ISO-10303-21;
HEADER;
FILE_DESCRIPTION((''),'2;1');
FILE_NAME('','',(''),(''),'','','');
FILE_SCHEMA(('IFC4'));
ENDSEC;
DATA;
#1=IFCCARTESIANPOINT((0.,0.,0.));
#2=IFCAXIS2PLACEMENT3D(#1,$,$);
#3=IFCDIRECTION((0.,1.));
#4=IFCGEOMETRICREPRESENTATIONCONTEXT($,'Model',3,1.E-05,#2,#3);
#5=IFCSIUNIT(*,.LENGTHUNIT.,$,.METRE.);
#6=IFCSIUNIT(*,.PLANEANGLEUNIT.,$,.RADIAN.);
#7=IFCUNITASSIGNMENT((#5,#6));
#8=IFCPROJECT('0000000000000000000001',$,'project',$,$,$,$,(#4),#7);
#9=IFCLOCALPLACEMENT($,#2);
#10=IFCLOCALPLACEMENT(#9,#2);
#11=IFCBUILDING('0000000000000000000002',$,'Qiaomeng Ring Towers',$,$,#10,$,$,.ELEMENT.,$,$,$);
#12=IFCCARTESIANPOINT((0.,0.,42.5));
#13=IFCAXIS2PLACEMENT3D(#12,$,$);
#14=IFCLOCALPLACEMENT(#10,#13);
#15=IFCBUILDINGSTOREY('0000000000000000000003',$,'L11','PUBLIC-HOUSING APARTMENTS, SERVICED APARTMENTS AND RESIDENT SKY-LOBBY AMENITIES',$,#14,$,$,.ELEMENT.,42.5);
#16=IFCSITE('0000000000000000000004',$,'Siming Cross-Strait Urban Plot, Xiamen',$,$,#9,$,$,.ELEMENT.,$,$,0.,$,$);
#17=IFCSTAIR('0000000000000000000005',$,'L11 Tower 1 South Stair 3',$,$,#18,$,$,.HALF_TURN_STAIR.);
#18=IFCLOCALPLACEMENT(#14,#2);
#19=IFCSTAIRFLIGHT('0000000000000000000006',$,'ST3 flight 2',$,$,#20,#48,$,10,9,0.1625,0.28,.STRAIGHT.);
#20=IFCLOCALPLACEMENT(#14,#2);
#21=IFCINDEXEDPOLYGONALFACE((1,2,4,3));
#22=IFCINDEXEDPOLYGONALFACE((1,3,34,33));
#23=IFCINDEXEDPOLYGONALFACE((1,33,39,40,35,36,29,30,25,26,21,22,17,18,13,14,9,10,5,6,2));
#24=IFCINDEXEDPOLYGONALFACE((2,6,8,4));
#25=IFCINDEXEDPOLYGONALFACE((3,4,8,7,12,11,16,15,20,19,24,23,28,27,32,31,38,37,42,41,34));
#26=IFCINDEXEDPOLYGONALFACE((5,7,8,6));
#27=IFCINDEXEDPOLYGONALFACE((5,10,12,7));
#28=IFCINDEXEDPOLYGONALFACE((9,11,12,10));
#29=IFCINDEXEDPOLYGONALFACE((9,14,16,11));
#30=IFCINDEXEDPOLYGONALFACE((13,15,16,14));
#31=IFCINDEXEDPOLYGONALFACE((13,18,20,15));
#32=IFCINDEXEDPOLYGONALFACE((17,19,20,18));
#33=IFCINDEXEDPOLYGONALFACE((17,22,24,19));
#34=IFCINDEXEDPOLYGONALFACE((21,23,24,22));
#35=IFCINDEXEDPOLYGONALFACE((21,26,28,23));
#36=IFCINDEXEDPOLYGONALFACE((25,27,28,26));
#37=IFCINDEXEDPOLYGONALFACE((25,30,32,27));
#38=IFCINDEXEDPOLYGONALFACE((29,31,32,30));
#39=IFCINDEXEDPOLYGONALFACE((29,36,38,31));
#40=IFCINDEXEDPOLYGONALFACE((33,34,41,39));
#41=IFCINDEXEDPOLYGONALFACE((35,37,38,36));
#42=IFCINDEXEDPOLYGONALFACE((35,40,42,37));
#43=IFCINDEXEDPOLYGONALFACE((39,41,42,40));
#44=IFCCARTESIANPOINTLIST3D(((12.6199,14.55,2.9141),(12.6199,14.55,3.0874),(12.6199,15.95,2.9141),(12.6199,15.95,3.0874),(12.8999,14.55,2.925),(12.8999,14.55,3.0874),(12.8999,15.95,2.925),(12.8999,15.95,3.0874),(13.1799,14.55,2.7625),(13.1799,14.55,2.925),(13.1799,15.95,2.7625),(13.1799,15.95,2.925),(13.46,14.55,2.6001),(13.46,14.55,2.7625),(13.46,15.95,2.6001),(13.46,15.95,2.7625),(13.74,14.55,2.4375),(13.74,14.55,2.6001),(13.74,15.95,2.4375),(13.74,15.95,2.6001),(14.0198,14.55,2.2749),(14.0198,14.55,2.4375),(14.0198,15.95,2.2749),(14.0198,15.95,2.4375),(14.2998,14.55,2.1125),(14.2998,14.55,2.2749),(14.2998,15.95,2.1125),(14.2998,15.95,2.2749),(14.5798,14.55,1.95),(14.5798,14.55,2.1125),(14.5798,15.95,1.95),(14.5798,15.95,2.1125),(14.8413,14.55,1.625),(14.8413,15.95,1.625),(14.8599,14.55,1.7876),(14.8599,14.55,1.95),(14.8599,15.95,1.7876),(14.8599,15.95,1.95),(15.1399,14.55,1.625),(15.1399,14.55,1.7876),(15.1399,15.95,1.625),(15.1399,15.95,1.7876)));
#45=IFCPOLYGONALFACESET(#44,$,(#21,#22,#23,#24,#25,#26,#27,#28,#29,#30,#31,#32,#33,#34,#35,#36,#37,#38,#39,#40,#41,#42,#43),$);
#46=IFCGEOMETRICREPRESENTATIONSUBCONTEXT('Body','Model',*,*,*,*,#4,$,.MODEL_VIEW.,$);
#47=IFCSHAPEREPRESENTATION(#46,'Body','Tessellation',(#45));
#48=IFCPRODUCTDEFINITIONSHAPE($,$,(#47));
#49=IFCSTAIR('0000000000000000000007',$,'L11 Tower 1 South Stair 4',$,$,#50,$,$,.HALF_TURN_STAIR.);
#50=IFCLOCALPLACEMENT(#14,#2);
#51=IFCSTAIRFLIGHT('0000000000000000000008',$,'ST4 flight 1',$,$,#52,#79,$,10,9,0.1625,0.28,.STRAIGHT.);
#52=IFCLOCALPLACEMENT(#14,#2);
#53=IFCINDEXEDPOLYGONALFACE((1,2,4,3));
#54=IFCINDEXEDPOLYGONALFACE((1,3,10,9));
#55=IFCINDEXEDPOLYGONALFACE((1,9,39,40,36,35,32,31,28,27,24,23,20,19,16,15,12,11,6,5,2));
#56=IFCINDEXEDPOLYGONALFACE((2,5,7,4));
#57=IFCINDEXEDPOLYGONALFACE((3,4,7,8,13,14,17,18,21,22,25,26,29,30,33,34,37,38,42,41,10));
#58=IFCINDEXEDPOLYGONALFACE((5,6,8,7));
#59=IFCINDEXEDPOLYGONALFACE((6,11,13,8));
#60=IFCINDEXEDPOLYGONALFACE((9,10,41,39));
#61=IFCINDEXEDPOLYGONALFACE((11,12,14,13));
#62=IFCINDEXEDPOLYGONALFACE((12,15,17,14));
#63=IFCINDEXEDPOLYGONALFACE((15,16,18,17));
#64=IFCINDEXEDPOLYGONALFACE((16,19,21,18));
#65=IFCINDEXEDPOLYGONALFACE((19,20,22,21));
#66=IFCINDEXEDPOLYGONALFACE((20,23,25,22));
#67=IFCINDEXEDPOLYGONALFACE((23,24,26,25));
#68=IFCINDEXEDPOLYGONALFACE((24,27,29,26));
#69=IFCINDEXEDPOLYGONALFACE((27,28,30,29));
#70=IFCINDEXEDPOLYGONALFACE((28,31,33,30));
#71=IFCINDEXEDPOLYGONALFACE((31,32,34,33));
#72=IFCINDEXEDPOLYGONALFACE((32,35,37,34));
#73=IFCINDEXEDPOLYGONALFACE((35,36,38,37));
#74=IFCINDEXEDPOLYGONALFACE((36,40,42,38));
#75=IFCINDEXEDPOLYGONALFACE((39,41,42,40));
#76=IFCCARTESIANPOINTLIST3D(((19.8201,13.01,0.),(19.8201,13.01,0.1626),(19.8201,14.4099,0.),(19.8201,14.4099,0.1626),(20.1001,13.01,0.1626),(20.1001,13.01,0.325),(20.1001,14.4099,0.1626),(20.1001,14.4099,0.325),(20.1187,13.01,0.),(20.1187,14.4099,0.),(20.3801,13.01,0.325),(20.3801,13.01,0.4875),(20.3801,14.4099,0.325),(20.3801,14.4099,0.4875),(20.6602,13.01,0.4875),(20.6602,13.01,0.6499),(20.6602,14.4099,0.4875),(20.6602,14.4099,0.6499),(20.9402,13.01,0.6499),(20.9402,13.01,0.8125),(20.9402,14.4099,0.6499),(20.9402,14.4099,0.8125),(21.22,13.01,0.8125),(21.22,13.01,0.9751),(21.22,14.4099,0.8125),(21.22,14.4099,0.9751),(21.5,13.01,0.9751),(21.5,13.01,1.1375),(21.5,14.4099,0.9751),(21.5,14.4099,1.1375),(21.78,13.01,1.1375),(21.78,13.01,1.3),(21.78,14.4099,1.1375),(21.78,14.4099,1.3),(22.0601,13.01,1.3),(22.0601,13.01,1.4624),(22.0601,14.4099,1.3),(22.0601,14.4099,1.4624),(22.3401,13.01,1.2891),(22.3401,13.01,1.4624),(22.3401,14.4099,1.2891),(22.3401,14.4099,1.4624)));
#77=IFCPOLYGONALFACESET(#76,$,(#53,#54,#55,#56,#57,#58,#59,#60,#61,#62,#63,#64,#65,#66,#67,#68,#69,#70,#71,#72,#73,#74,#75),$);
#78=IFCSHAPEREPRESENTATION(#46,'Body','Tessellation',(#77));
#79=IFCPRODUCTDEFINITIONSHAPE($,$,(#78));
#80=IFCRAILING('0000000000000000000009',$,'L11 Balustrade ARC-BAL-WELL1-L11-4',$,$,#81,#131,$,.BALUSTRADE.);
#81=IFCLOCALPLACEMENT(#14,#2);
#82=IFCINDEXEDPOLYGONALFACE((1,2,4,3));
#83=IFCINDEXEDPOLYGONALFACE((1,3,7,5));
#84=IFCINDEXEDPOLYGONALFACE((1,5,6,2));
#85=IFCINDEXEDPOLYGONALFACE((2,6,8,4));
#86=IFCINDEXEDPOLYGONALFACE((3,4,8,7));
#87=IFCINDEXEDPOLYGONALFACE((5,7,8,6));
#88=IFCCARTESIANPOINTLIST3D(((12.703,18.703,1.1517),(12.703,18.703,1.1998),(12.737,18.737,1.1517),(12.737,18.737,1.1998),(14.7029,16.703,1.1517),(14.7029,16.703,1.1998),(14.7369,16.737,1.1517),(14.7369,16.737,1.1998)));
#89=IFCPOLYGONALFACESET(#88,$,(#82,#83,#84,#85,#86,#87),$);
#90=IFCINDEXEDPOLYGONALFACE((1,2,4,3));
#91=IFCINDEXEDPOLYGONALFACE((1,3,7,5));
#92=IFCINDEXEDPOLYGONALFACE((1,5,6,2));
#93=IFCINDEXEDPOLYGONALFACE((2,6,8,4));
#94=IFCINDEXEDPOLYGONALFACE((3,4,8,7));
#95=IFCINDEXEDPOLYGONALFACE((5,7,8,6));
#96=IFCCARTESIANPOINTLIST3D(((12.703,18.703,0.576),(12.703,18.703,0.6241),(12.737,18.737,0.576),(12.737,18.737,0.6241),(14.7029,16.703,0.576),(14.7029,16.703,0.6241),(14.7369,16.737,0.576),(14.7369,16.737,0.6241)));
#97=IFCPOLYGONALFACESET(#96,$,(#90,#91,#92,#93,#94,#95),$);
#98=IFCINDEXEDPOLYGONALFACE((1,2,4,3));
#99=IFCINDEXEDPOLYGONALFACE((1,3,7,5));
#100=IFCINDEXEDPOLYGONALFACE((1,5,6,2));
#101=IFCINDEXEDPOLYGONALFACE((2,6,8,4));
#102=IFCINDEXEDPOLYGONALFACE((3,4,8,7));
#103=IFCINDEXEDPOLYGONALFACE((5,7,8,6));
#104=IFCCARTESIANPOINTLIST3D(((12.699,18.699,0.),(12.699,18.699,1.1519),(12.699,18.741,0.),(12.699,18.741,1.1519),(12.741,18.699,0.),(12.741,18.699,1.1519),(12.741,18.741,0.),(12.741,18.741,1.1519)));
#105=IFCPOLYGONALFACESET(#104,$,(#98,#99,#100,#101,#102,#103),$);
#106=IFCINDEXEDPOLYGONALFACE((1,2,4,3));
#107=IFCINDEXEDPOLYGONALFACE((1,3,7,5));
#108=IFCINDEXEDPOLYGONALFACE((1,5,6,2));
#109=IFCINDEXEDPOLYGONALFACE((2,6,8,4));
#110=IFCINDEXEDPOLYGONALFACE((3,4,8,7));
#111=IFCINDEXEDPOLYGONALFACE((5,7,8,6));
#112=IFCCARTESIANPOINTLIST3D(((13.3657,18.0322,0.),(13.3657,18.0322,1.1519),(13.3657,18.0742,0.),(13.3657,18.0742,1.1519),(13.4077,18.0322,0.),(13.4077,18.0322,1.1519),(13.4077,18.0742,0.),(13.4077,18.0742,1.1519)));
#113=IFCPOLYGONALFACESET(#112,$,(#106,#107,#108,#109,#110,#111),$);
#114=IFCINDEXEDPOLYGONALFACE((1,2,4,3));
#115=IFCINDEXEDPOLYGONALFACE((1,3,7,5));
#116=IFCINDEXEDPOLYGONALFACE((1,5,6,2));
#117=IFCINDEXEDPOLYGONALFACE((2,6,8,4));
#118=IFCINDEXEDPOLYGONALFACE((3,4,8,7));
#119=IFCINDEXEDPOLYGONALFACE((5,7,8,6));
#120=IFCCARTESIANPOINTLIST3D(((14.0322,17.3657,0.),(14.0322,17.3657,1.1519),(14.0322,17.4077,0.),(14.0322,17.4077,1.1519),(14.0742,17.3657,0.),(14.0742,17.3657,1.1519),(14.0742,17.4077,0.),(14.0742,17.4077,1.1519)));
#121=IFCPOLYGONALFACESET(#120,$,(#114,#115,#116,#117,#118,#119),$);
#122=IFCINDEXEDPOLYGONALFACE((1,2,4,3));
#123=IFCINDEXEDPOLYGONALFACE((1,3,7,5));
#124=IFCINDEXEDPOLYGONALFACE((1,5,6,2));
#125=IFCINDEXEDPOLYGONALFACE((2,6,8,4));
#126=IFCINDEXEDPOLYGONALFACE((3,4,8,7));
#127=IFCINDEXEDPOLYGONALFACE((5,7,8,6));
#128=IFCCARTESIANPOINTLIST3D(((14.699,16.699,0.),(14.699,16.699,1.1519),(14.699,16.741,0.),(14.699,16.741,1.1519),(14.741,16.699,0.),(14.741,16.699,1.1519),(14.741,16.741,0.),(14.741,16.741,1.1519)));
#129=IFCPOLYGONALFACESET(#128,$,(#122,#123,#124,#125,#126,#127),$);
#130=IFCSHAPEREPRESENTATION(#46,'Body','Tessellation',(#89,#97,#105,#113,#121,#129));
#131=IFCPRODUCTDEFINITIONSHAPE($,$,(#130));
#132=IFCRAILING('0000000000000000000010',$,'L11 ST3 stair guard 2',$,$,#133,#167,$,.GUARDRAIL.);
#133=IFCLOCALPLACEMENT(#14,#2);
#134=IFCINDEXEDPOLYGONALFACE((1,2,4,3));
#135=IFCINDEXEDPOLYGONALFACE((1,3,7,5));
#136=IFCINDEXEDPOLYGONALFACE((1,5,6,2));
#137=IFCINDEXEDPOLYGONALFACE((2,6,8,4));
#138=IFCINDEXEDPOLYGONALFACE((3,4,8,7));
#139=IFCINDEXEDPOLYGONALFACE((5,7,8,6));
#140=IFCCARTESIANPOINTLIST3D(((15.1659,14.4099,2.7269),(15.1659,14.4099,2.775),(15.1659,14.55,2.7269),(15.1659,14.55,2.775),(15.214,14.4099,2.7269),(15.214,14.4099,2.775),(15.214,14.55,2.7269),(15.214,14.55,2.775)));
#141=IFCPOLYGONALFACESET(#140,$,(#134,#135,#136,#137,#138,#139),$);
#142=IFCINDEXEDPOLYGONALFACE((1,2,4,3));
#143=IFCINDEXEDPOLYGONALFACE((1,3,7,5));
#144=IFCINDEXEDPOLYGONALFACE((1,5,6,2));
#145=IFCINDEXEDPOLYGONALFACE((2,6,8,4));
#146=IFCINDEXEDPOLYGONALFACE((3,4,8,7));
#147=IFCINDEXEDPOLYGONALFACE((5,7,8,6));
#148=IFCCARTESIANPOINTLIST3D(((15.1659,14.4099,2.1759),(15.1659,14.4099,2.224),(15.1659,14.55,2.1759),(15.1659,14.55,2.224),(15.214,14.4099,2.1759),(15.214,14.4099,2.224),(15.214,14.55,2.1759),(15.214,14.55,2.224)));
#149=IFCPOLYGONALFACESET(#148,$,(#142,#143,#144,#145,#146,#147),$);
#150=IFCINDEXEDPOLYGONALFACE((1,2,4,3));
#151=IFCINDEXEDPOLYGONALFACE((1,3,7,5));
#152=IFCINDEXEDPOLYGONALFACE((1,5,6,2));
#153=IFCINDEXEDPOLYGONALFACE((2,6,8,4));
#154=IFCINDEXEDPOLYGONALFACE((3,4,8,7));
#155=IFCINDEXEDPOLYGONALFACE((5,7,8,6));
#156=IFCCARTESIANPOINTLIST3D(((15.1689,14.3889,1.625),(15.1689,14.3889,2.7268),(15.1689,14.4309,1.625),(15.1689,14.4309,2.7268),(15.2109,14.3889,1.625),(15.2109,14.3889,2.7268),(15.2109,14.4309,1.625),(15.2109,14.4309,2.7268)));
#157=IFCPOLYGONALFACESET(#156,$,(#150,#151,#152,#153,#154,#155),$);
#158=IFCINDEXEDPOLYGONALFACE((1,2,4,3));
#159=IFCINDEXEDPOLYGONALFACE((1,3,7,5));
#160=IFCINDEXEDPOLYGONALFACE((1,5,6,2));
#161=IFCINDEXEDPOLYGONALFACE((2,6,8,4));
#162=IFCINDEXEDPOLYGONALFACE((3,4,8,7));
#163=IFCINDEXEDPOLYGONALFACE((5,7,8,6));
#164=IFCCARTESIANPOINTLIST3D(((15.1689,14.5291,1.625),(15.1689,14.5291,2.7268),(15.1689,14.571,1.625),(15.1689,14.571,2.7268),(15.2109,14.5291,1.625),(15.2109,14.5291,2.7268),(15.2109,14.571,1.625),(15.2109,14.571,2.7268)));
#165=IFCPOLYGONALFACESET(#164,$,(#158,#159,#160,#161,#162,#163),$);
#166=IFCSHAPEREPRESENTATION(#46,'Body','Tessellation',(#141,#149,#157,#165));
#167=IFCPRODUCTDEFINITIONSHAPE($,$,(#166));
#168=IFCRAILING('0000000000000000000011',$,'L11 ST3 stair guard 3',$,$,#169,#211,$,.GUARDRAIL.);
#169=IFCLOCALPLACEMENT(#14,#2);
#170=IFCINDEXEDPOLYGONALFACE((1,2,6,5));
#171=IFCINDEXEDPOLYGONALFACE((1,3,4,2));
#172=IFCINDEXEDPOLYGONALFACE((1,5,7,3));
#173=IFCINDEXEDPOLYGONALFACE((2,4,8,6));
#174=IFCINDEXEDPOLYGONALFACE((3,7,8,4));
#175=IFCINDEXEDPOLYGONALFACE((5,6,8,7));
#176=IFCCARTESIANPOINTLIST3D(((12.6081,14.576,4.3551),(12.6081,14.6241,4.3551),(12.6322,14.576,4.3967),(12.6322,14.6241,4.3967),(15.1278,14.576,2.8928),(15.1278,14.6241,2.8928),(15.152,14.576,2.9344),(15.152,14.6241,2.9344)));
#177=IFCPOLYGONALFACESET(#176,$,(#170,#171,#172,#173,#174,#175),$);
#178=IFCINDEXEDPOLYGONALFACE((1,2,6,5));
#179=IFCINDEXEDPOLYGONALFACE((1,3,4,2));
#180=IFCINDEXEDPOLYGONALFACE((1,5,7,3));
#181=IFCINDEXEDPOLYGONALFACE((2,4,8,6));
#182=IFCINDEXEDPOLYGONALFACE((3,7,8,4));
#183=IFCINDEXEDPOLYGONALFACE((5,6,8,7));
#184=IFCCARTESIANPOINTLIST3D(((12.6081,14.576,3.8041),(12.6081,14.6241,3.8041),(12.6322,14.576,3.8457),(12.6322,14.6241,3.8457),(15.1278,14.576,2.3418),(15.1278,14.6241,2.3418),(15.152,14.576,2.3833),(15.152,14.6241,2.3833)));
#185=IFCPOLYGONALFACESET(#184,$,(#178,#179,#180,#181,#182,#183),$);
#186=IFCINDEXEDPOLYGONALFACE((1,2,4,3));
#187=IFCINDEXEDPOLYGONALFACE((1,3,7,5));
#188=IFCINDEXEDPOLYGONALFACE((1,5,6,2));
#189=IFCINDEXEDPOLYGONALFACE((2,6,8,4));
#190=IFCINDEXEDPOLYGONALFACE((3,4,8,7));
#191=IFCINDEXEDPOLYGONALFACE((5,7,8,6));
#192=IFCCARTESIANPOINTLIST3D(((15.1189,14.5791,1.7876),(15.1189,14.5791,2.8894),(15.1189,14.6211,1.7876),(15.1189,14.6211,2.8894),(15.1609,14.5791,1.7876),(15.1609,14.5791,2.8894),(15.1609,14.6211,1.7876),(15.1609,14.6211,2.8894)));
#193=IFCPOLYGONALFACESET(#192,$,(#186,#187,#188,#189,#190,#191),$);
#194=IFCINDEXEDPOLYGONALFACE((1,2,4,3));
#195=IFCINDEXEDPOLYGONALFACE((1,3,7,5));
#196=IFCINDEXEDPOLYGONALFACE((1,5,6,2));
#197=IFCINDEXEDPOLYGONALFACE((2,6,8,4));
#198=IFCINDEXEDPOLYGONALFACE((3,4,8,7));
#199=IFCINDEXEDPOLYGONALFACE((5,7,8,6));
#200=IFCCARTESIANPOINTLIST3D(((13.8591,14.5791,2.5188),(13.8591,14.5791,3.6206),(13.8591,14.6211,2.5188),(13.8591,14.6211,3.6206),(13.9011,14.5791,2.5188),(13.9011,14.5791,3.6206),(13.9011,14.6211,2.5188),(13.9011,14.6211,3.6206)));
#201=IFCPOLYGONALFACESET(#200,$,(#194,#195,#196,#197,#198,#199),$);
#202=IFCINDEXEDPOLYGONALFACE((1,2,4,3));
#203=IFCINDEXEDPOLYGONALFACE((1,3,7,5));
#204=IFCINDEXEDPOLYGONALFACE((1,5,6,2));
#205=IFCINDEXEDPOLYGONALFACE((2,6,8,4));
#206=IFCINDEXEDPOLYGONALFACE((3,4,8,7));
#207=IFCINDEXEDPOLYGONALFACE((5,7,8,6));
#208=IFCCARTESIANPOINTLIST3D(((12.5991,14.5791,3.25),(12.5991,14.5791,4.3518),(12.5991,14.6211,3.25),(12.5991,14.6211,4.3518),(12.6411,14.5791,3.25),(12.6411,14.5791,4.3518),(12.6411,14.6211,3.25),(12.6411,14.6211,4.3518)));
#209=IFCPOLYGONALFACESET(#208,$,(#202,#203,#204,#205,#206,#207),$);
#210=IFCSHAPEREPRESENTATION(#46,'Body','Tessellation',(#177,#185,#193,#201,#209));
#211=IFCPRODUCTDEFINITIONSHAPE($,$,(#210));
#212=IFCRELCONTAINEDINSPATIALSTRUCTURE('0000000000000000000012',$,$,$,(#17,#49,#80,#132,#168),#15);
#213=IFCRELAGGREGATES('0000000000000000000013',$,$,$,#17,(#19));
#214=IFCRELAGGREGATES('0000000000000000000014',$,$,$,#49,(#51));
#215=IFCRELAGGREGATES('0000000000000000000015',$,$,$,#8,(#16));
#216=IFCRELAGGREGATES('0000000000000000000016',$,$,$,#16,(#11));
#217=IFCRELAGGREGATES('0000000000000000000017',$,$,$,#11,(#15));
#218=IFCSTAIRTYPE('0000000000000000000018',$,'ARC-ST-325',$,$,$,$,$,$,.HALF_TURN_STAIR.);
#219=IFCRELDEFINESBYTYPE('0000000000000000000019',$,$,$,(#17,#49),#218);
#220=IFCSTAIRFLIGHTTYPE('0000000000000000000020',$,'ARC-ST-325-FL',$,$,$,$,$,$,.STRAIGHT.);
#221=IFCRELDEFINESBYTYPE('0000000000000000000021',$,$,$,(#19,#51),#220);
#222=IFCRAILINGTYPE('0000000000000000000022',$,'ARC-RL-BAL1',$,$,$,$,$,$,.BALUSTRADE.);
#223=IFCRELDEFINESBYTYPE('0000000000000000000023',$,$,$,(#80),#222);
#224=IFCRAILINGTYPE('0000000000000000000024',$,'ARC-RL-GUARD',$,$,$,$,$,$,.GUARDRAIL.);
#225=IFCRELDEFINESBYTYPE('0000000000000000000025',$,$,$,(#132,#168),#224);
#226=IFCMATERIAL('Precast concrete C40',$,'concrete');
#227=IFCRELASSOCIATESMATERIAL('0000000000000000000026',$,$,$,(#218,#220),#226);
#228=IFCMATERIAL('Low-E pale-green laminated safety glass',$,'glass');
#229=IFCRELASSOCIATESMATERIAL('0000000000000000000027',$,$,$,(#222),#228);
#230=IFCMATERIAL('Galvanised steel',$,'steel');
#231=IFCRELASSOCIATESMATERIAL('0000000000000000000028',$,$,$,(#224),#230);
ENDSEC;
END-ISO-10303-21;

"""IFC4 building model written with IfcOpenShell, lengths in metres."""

from ifc_helpers import new_model, si_unit, direction, frame, origin, origin_2d, place, context, subcontext, project, spatial, polyline, rectangle, outline, extrude, source, transform, mapped, material, type_object, element, aggregate, save


model = new_model("IFC4")

# Units and contexts
model_context = context("Model", 3, precision=1e-05, world=origin(), true_north=direction((0.0, 1.0)))
body_context = subcontext(model_context, "Body", "Model", "MODEL_VIEW")
ifc_project = project(units=[si_unit("LENGTHUNIT", "METRE"), si_unit("PLANEANGLEUNIT", "RADIAN")], contexts=[model_context])

# Site, building, storey
site_placement = place(None, origin())
site = spatial("IfcSite", under=ifc_project, at=site_placement, Name="Siming Cross-Strait Urban Plot, Xiamen", CompositionType="ELEMENT", RefElevation=0.0)
building_placement = place(site_placement, origin())
building = spatial("IfcBuilding", under=site, at=building_placement, Name="Qiaomeng Ring Towers", CompositionType="ELEMENT")
storey_placement = place(building_placement, frame((0.0, 0.0, 42.5)))
storey = spatial("IfcBuildingStorey", under=building, at=storey_placement, Name="L11", Description="PUBLIC-HOUSING APARTMENTS, SERVICED APARTMENTS AND RESIDENT SKY-LOBBY AMENITIES", CompositionType="ELEMENT", Elevation=42.5)

# Shared definitions
ifc_material_1 = material(Name="Galvanised steel", Category="steel")

# Stairs, stair flights
ifc_material_2 = material(Name="Precast concrete C40", Category="concrete")
stair_type = type_object("IfcStairType", Name="ARC-ST-325", PredefinedType="HALF_TURN_STAIR", material=ifc_material_2)
stair_1_placement = place(storey_placement, origin())
stair_1 = element("IfcStair", 1, at=stair_1_placement, inside=storey, type_object=stair_type, Name="L11 Tower 1 South Stair 3", PredefinedType="HALF_TURN_STAIR")
stair_flight_type = type_object("IfcStairFlightType", Name="ARC-ST-325-FL", PredefinedType="STRAIGHT", material=ifc_material_2)
shared_shape_1 = source(origin(), body_context, "Body", "SweptSolid", [
    extrude(outline(polyline([(0.0, 0.0), (0.0, 0.1626), (0.28, 0.1626), (0.28, 0.325), (0.5601, 0.325), (0.5601, 0.4875), (0.8401, 0.4875), (0.8401, 0.6499), (1.1201, 0.6499), (1.1201, 0.8125), (1.3999, 0.8125), (1.3999, 0.9751), (1.6799, 0.9751), (1.6799, 1.1375), (1.96, 1.1375), (1.96, 1.3), (2.24, 1.3), (2.24, 1.4624), (2.52, 1.4624), (2.52, 1.625), (2.52, 1.2891), (0.2986, 0.0), (0.0, 0.0)])), frame((0.0, 0.7, 0.0), z_axis=(0.0, -1.0, 0.0), x_axis=(1.0, 0.0, 0.0)), (0.0, 0.0, 1.0), 1.3999),
])
stair_flight_1_placement = place(storey_placement, frame((15.1399, 15.25, 1.625), z_axis=(0.0, 0.0, 1.0), x_axis=(-1.0, 0.0, 0.0)))
stair_flight_1 = element("IfcStairFlight", 2, at=stair_flight_1_placement, type_object=stair_flight_type, Name="ST3 flight 2", NumberOfRisers=10, NumberOfTreads=9, PredefinedType="STRAIGHT", RiserHeight=0.1625, TreadLength=0.28, context=body_context, shape_type="MappedRepresentation", body=[
    mapped(shared_shape_1, transform((0.0, 0.0, 0.0), x_axis=(1.0, 0.0, 0.0), y_axis=(0.0, 1.0, 0.0), z_axis=(0.0, 0.0, 1.0), scale=1.0)),
])
aggregate(stair_1, [stair_flight_1])
stair_2_placement = place(storey_placement, origin())
stair_2 = element("IfcStair", 3, at=stair_2_placement, inside=storey, type_object=stair_type, Name="L11 Tower 1 South Stair 4", PredefinedType="HALF_TURN_STAIR")
stair_flight_2_placement = place(storey_placement, frame((19.8201, 13.71, 0.0), z_axis=(0.0, 0.0, 1.0), x_axis=(1.0, 0.0, 0.0)))
stair_flight_2 = element("IfcStairFlight", 4, at=stair_flight_2_placement, type_object=stair_flight_type, Name="ST4 flight 1", NumberOfRisers=10, NumberOfTreads=9, PredefinedType="STRAIGHT", RiserHeight=0.1625, TreadLength=0.28, context=body_context, shape_type="MappedRepresentation", body=[
    mapped(shared_shape_1, transform((0.0, 0.0, 0.0), x_axis=(1.0, 0.0, 0.0), y_axis=(0.0, 1.0, 0.0), z_axis=(0.0, 0.0, 1.0), scale=1.0)),
])
aggregate(stair_2, [stair_flight_2])

# Railings
ifc_material_3 = material(Name="Low-E pale-green laminated safety glass", Category="glass")
railing_type_1 = type_object("IfcRailingType", Name="ARC-RL-BAL1", PredefinedType="BALUSTRADE", material=ifc_material_3)
railing_1_placement = place(storey_placement, frame((12.72, 18.72, 0.0)))
element("IfcRailing", 5, at=railing_1_placement, inside=storey, type_object=railing_type_1, Name="L11 Balustrade ARC-BAL-WELL1-L11-4", PredefinedType="BALUSTRADE", context=body_context, shape_type="SweptSolid", body=[
    extrude(rectangle(XDim=0.0481, YDim=0.0481, at=origin_2d()), frame((0.0, 0.0, 1.1758), z_axis=(0.707107, -0.707107, 0.0), x_axis=(0.707107, 0.707107, 0.0)), (0.0, 0.0, 1.0), 2.8284),
    extrude(rectangle(XDim=0.0481, YDim=0.0481, at=origin_2d()), frame((0.0, 0.0, 0.6001), z_axis=(0.707107, -0.707107, 0.0), x_axis=(0.707107, 0.707107, 0.0)), (0.0, 0.0, 1.0), 2.8284),
    extrude(rectangle(XDim=0.042, YDim=0.042, at=origin_2d()), origin(), (0.0, 0.0, 1.0), 1.1519),
    extrude(rectangle(XDim=0.042, YDim=0.042, at=origin_2d()), frame((0.6667, -0.6667, 0.0)), (0.0, 0.0, 1.0), 1.1519),
    extrude(rectangle(XDim=0.042, YDim=0.042, at=origin_2d()), frame((1.3333, -1.3333, 0.0)), (0.0, 0.0, 1.0), 1.1519),
    extrude(rectangle(XDim=0.042, YDim=0.042, at=origin_2d()), frame((2.0, -2.0, 0.0)), (0.0, 0.0, 1.0), 1.1519),
])
railing_type_2 = type_object("IfcRailingType", Name="ARC-RL-GUARD", PredefinedType="GUARDRAIL", material=ifc_material_1)
railing_2_placement = place(storey_placement, frame((15.1899, 14.4099, 1.625)))
element("IfcRailing", 6, at=railing_2_placement, inside=storey, type_object=railing_type_2, Name="L11 ST3 stair guard 2", PredefinedType="GUARDRAIL", context=body_context, shape_type="SweptSolid", body=[
    extrude(rectangle(XDim=0.0481, YDim=0.0481, at=origin_2d()), frame((0.0, 0.0, 1.126), z_axis=(0.0, 1.0, 0.0), x_axis=(-1.0, 0.0, 0.0)), (0.0, 0.0, 1.0), 0.1401),
    extrude(rectangle(XDim=0.0481, YDim=0.0481, at=origin_2d()), frame((0.0, 0.0, 0.575), z_axis=(0.0, 1.0, 0.0), x_axis=(-1.0, 0.0, 0.0)), (0.0, 0.0, 1.0), 0.1401),
    extrude(rectangle(XDim=0.042, YDim=0.042, at=origin_2d()), origin(), (0.0, 0.0, 1.0), 1.1018),
    extrude(rectangle(XDim=0.042, YDim=0.042, at=origin_2d()), frame((0.0, 0.1401, 0.0)), (0.0, 0.0, 1.0), 1.1018),
])
railing_3_placement = place(storey_placement, frame((15.1399, 14.6001, 1.7876)))
element("IfcRailing", 7, at=railing_3_placement, inside=storey, type_object=railing_type_2, Name="L11 ST3 stair guard 3", PredefinedType="GUARDRAIL", context=body_context, shape_type="SweptSolid", body=[
    extrude(rectangle(XDim=0.0481, YDim=0.0481, at=origin_2d()), frame((0.0, 0.0, 1.126), z_axis=(-0.864892, 0.0, 0.501958), x_axis=(0.0, -1.0, 0.0)), (0.0, 0.0, 1.0), 2.9133),
    extrude(rectangle(XDim=0.0481, YDim=0.0481, at=origin_2d()), frame((0.0, 0.0, 0.575), z_axis=(-0.864892, 0.0, 0.501958), x_axis=(0.0, -1.0, 0.0)), (0.0, 0.0, 1.0), 2.9133),
    extrude(rectangle(XDim=0.042, YDim=0.042, at=origin_2d()), origin(), (0.0, 0.0, 1.0), 1.1018),
    extrude(rectangle(XDim=0.042, YDim=0.042, at=origin_2d()), frame((-1.2598, 0.0, 0.7312)), (0.0, 0.0, 1.0), 1.1018),
    extrude(rectangle(XDim=0.042, YDim=0.042, at=origin_2d()), frame((-2.5198, 0.0, 1.4624)), (0.0, 0.0, 1.0), 1.1018),
])

save(model, "model.ifc")
